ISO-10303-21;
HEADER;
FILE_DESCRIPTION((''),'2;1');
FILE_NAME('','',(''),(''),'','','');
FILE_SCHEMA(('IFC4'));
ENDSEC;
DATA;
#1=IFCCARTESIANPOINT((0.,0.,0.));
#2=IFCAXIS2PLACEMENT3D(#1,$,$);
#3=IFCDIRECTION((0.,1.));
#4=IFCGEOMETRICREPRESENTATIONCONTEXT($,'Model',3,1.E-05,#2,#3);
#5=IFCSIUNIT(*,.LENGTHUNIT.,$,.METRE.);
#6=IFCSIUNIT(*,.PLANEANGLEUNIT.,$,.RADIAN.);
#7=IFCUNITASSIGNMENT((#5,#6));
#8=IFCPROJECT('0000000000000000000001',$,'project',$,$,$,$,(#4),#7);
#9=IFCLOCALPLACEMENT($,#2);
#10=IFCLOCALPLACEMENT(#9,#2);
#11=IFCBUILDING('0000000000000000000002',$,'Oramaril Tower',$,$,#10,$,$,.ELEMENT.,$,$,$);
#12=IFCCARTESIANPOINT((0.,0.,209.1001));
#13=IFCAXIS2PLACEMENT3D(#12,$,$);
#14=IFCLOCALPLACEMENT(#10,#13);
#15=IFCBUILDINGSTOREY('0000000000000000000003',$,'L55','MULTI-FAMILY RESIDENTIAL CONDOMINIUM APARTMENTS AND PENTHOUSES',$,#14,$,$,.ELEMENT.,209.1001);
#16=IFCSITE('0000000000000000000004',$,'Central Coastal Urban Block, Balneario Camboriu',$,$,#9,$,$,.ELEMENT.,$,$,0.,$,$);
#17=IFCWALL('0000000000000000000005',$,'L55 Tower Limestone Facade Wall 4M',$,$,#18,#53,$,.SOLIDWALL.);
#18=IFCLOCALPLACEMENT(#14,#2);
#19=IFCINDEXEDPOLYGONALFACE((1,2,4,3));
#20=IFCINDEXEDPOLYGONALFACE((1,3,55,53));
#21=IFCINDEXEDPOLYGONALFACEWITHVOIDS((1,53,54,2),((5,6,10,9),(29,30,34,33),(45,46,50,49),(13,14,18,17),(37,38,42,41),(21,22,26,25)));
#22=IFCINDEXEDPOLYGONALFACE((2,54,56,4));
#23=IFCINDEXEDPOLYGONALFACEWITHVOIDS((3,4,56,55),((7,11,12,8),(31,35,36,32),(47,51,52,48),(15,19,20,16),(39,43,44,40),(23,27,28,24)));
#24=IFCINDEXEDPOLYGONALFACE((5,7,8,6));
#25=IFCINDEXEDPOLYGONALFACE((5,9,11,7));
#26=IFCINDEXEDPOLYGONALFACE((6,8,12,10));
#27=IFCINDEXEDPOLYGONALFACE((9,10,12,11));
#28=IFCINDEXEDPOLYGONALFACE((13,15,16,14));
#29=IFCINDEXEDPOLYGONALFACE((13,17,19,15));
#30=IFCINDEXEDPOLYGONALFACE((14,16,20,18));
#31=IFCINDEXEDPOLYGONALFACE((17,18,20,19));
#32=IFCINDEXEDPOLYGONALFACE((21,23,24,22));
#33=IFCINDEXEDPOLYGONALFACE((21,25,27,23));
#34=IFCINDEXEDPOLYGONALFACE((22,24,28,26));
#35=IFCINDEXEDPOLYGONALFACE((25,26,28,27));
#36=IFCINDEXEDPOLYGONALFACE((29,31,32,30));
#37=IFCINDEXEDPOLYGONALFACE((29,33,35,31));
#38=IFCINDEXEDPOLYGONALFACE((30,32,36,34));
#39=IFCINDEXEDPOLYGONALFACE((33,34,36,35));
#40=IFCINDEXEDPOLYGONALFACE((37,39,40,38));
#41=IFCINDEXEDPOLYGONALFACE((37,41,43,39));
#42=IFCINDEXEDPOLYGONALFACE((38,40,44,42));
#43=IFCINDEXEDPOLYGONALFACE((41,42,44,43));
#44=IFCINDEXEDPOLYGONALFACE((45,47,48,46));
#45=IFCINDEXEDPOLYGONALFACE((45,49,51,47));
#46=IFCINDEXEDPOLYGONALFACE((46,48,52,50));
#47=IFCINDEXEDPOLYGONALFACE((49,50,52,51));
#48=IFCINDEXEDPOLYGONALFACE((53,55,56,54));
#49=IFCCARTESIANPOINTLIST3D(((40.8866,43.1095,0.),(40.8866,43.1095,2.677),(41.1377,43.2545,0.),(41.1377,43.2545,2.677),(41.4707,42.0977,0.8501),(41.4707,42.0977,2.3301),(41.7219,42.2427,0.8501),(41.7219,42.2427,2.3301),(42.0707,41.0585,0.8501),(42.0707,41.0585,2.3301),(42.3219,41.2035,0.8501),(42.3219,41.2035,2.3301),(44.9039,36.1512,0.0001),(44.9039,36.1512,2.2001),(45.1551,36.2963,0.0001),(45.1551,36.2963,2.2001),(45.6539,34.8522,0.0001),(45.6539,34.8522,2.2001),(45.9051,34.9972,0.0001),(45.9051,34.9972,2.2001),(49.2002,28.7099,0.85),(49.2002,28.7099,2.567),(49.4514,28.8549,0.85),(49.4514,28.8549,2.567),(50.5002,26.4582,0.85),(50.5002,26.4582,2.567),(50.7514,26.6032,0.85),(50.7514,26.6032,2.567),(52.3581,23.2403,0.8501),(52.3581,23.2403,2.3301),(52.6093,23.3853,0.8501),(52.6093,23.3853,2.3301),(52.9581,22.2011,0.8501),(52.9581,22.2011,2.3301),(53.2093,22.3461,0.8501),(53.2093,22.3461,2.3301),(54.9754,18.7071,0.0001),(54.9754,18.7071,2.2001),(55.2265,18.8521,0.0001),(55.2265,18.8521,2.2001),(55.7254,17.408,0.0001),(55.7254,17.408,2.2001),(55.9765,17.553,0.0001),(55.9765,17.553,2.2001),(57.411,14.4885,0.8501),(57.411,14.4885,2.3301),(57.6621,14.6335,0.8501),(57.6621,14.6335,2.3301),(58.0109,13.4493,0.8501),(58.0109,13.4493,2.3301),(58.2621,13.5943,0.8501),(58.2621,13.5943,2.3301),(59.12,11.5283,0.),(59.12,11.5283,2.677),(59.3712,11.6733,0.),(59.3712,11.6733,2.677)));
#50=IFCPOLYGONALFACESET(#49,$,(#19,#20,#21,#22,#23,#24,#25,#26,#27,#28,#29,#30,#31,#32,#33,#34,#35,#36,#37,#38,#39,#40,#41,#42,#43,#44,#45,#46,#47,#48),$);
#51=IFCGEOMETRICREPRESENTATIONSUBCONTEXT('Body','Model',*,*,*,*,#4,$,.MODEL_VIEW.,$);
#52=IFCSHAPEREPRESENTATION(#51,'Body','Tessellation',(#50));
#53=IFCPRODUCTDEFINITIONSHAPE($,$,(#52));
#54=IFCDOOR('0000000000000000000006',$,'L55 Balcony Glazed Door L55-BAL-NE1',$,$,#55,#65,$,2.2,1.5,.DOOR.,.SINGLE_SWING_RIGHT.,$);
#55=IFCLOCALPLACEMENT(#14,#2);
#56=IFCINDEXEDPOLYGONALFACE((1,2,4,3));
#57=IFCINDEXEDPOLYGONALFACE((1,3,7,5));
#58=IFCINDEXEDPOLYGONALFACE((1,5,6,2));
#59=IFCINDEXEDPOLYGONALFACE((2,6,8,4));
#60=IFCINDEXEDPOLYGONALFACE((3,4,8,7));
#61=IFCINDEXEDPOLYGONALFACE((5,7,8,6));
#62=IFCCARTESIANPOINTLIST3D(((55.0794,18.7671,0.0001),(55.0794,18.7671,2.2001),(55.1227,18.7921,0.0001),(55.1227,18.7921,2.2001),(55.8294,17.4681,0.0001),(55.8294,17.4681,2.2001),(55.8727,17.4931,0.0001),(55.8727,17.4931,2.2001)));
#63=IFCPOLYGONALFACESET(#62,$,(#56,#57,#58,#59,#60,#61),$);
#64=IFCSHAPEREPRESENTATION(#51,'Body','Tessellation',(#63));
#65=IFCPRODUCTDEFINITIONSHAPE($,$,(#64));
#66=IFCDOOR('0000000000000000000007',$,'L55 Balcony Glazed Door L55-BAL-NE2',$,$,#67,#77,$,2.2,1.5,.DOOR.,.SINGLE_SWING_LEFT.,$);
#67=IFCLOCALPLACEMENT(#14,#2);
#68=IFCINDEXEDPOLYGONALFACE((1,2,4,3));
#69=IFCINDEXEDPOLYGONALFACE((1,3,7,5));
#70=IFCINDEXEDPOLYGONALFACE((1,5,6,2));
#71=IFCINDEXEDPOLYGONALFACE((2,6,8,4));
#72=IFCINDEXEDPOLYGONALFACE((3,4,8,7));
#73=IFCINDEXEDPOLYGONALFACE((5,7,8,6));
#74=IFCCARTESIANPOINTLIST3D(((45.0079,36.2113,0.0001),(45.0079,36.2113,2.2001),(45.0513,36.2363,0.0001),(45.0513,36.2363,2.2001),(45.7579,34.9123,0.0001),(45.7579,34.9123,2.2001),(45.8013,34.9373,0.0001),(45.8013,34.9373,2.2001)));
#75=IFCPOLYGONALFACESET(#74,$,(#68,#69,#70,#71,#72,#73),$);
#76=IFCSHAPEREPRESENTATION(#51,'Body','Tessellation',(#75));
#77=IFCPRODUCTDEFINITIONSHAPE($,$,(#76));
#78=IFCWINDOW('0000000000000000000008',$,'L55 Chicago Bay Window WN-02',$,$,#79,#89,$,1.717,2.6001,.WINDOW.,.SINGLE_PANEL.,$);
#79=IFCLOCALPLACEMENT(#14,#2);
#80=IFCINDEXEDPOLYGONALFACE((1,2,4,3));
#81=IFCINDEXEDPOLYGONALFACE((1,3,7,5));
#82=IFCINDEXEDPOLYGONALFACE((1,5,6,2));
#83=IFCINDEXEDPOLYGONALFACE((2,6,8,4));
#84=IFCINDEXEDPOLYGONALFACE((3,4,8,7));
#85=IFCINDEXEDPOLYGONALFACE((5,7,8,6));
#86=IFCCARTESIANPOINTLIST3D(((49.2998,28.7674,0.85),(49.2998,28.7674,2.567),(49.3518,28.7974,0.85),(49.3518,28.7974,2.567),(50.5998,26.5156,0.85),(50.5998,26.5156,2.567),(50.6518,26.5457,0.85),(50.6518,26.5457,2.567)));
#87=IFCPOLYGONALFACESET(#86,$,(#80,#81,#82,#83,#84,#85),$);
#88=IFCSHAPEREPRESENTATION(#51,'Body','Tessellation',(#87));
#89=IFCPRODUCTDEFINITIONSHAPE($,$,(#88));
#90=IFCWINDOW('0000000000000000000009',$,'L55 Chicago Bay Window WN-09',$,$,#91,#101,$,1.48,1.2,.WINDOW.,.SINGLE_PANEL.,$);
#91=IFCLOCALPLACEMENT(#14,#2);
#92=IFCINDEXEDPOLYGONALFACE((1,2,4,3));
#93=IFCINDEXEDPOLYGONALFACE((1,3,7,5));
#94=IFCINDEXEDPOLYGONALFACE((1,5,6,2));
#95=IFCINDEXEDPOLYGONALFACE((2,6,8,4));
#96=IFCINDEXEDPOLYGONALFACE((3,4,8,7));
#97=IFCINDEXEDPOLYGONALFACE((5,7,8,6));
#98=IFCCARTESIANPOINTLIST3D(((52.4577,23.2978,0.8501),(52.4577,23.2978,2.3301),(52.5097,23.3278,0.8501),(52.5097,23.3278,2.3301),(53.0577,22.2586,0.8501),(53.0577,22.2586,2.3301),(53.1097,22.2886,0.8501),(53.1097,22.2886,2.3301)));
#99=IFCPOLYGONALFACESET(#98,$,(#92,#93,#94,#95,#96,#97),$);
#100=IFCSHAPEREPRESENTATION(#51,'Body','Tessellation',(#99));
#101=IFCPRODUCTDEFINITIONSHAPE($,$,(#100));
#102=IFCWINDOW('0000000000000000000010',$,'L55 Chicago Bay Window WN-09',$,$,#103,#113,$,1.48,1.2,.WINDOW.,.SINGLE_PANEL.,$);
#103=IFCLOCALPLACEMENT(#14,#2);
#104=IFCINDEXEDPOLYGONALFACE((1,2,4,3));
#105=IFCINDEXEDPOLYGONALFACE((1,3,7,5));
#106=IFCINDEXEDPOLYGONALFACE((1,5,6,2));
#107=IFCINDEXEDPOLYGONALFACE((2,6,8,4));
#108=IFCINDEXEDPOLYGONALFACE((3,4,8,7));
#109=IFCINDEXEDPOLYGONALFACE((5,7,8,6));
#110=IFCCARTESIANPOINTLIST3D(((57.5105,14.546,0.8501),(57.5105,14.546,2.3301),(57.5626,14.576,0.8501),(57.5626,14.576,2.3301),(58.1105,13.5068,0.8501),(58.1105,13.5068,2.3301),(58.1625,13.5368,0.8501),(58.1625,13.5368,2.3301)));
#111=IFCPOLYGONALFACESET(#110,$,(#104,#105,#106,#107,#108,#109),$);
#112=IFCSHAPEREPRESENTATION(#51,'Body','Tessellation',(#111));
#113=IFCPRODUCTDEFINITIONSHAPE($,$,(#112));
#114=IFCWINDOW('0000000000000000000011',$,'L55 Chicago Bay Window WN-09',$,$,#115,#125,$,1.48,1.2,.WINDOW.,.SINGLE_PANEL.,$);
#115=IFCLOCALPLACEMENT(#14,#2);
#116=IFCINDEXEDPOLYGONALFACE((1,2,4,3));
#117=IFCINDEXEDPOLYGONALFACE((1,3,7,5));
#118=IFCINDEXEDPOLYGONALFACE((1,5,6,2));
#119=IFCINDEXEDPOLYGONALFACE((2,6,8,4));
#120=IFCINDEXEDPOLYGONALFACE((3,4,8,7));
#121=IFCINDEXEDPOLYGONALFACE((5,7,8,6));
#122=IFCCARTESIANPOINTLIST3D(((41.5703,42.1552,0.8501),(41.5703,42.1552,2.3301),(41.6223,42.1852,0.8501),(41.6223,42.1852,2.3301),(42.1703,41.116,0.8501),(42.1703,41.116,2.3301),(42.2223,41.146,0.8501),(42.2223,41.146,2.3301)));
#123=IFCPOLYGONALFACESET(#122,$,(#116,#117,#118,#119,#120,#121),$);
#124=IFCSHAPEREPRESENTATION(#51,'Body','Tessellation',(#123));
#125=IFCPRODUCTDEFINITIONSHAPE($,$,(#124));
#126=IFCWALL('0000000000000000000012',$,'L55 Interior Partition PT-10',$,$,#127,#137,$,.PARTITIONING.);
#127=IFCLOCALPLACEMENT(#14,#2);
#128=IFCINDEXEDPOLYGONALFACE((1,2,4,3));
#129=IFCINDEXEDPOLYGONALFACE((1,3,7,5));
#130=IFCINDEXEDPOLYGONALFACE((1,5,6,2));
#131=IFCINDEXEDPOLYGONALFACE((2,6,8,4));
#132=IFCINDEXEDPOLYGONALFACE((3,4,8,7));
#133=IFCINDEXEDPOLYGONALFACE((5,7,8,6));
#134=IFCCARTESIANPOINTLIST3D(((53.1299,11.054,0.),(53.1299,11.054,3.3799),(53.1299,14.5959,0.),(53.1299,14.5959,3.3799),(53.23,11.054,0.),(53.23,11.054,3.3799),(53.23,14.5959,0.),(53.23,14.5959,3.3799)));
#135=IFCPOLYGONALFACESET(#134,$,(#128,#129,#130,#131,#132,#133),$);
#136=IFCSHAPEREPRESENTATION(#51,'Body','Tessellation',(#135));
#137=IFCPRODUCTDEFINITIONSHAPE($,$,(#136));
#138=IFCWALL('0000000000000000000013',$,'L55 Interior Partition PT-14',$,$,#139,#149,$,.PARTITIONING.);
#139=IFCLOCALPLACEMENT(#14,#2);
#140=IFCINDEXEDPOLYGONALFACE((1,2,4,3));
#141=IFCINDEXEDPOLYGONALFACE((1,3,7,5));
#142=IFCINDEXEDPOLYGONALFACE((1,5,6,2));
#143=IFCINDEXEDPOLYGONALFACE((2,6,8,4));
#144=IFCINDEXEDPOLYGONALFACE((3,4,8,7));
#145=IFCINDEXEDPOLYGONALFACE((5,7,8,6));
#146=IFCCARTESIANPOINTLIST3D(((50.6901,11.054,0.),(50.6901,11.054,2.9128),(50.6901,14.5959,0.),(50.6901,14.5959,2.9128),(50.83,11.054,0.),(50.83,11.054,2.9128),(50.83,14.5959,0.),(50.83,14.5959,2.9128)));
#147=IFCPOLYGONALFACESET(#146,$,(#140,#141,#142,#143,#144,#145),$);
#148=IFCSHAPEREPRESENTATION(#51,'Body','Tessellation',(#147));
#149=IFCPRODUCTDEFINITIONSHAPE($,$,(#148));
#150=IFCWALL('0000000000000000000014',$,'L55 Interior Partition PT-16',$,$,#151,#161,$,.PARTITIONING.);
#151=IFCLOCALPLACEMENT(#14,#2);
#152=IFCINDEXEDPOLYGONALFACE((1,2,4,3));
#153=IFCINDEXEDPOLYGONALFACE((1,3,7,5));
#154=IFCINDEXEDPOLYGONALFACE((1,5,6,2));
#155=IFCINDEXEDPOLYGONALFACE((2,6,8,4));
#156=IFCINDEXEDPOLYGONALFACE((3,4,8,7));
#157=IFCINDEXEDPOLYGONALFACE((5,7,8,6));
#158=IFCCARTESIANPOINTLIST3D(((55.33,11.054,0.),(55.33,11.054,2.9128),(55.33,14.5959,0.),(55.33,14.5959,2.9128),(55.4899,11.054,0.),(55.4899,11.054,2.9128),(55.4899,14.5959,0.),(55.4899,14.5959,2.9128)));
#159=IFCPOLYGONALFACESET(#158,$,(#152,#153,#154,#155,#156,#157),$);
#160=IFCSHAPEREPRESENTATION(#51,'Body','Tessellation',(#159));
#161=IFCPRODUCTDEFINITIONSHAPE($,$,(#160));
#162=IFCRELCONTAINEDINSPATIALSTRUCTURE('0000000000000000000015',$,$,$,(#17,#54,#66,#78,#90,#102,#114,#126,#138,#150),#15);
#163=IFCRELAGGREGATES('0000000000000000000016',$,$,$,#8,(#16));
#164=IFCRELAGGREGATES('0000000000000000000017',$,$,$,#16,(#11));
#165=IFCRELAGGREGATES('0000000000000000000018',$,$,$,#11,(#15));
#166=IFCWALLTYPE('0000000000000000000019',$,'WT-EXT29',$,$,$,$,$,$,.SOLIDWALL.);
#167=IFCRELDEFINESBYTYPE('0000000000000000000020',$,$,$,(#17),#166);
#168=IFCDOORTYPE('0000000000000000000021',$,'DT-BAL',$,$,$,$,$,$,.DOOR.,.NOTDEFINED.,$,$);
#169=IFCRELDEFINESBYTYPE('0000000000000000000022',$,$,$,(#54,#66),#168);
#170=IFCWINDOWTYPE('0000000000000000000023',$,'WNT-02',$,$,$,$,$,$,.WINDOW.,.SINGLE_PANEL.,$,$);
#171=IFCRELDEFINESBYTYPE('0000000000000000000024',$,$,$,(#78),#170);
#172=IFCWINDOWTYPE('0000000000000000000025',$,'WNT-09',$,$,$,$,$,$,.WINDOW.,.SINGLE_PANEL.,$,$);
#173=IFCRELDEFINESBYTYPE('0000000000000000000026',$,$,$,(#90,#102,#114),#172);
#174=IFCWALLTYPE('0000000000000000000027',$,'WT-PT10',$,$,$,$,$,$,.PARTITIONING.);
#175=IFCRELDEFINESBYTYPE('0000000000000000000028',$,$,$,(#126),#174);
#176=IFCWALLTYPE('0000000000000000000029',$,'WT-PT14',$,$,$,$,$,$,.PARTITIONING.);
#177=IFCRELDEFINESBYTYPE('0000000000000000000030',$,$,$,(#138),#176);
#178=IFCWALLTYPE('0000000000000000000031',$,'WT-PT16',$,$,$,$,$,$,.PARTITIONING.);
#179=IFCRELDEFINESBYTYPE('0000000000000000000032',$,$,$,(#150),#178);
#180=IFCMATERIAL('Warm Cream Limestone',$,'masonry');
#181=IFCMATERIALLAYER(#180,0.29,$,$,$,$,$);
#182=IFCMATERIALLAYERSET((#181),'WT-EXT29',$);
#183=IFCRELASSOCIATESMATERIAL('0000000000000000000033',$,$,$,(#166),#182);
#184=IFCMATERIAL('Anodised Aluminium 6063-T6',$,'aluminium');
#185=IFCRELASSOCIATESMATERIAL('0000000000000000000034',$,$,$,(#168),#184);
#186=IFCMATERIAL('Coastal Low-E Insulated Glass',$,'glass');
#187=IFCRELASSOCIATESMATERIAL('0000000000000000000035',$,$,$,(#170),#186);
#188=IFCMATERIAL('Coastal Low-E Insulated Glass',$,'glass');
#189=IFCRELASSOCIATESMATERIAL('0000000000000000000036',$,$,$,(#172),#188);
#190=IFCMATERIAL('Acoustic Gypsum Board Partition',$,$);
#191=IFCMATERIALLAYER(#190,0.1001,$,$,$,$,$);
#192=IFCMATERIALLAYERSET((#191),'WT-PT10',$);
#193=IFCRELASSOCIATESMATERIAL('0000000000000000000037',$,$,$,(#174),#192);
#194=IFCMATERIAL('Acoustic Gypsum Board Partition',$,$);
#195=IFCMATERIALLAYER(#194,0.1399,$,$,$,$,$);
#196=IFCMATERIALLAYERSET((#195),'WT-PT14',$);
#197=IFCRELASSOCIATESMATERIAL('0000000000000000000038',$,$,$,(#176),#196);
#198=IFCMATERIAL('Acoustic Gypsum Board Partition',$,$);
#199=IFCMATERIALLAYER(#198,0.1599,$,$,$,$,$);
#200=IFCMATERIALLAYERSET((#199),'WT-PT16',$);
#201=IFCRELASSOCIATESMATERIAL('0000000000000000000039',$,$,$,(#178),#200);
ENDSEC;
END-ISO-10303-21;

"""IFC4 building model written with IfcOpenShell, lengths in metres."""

from ifc_helpers import new_model, si_unit, direction, frame, frame_2d, origin, place, context, subcontext, project, spatial, rectangle, extrude, material, layer, layer_set, type_object, element, fill, save


model = new_model("IFC4")

# Units and contexts
model_context = context("Model", 3, precision=1e-05, world=origin(), true_north=direction((0.0, 1.0)))
body_context = subcontext(model_context, "Body", "Model", "MODEL_VIEW")
ifc_project = project(units=[si_unit("LENGTHUNIT", "METRE"), si_unit("PLANEANGLEUNIT", "RADIAN")], contexts=[model_context])

# Site, building, storey
site_placement = place(None, origin())
site = spatial("IfcSite", under=ifc_project, at=site_placement, Name="Central Coastal Urban Block, Balneario Camboriu", CompositionType="ELEMENT", RefElevation=0.0)
building_placement = place(site_placement, origin())
building = spatial("IfcBuilding", under=site, at=building_placement, Name="Oramaril Tower", CompositionType="ELEMENT")
storey_placement = place(building_placement, frame((0.0, 0.0, 209.1001)))
storey = spatial("IfcBuildingStorey", under=building, at=storey_placement, Name="L55", Description="MULTI-FAMILY RESIDENTIAL CONDOMINIUM APARTMENTS AND PENTHOUSES", CompositionType="ELEMENT", Elevation=209.1001)

# Wall, openings, doors, windows
ifc_material_1 = material(Name="Warm Cream Limestone", Category="masonry")
ifc_layer_1 = layer(ifc_material_1, 0.29)
ifc_layer_set_1 = layer_set([ifc_layer_1], Name="WT-EXT29")
wall_type_1 = type_object("IfcWallType", Name="WT-EXT29", PredefinedType="SOLIDWALL", material=ifc_layer_set_1)
wall_1_placement = place(storey_placement, frame((59.2456, 11.6008, 0.0), z_axis=(0.0, 0.0, 1.0), x_axis=(-0.500001, 0.866025, 0.0)))
wall_1 = element("IfcWall", 1, at=wall_1_placement, inside=storey, type_object=wall_type_1, Name="L55 Tower Limestone Facade Wall 4M", PredefinedType="SOLIDWALL", context=body_context, shape_type="SweptSolid", body=[
    extrude(rectangle(XDim=36.4668, YDim=0.29, at=frame_2d((18.2334, 0.0))), origin(), (0.0, 0.0, 1.0), 2.677),
])
opening_1_placement = place(wall_1_placement, frame((6.7893, 0.0, 0.0)))
opening_1 = element("IfcOpeningElement", 2, at=opening_1_placement, cuts=wall_1, PredefinedType="OPENING", context=body_context, shape_type="SweptSolid", body=[
    extrude(rectangle(XDim=1.5, YDim=2.2, at=frame_2d((0.75, 1.1001))), frame((0.0, 0.145, 0.0), z_axis=(0.0, -1.0, 0.0), x_axis=(1.0, 0.0, 0.0)), (0.0, 0.0, 1.0), 0.29),
])
opening_2_placement = place(wall_1_placement, frame((26.9321, 0.0, 0.0)))
opening_2 = element("IfcOpeningElement", 3, at=opening_2_placement, cuts=wall_1, PredefinedType="OPENING", context=body_context, shape_type="SweptSolid", body=[
    extrude(rectangle(XDim=1.5, YDim=2.2, at=frame_2d((0.75, 1.1001))), frame((0.0, 0.145, 0.0), z_axis=(0.0, -1.0, 0.0), x_axis=(1.0, 0.0, 0.0)), (0.0, 0.0, 1.0), 0.29),
])
opening_3_placement = place(wall_1_placement, frame((12.3237, 0.0, 0.8501)))
opening_3 = element("IfcOpeningElement", 4, at=opening_3_placement, cuts=wall_1, PredefinedType="OPENING", context=body_context, shape_type="SweptSolid", body=[
    extrude(rectangle(XDim=1.2, YDim=1.48, at=frame_2d((0.6001, 0.74))), frame((0.0, 0.145, 0.0), z_axis=(0.0, -1.0, 0.0), x_axis=(1.0, 0.0, 0.0)), (0.0, 0.0, 1.0), 0.29),
])
opening_4_placement = place(wall_1_placement, frame((2.218, 0.0, 0.8501)))
opening_4 = element("IfcOpeningElement", 5, at=opening_4_placement, cuts=wall_1, PredefinedType="OPENING", context=body_context, shape_type="SweptSolid", body=[
    extrude(rectangle(XDim=1.2, YDim=1.48, at=frame_2d((0.6001, 0.74))), frame((0.0, 0.145, 0.0), z_axis=(0.0, -1.0, 0.0), x_axis=(1.0, 0.0, 0.0)), (0.0, 0.0, 1.0), 0.29),
])
opening_5_placement = place(wall_1_placement, frame((17.2395, 0.0, 0.8501)))
opening_5 = element("IfcOpeningElement", 6, at=opening_5_placement, cuts=wall_1, PredefinedType="OPENING", context=body_context, shape_type="SweptSolid", body=[
    extrude(rectangle(XDim=2.6001, YDim=1.717, at=frame_2d((1.3, 0.8584))), frame((0.0, 0.145, 0.0), z_axis=(0.0, -1.0, 0.0), x_axis=(1.0, 0.0, 0.0)), (0.0, 0.0, 1.0), 0.29),
])
opening_6_placement = place(wall_1_placement, frame((34.0984, 0.0, 0.8501)))
opening_6 = element("IfcOpeningElement", 7, at=opening_6_placement, cuts=wall_1, PredefinedType="OPENING", context=body_context, shape_type="SweptSolid", body=[
    extrude(rectangle(XDim=1.2, YDim=1.48, at=frame_2d((0.6001, 0.74))), frame((0.0, 0.145, 0.0), z_axis=(0.0, -1.0, 0.0), x_axis=(1.0, 0.0, 0.0)), (0.0, 0.0, 1.0), 0.29),
])
ifc_material_2 = material(Name="Anodised Aluminium 6063-T6", Category="aluminium")
door_type_1 = type_object("IfcDoorType", Name="DT-BAL", OperationType="NOTDEFINED", PredefinedType="DOOR", material=ifc_material_2)
door_1_placement = place(opening_1_placement, origin())
door_1 = element("IfcDoor", 8, at=door_1_placement, inside=storey, type_object=door_type_1, Name="L55 Balcony Glazed Door L55-BAL-NE1", OperationType="SINGLE_SWING_RIGHT", OverallHeight=2.2, OverallWidth=1.5, PredefinedType="DOOR", context=body_context, shape_type="SweptSolid", body=[
    extrude(rectangle(XDim=1.5, YDim=2.2, at=frame_2d((0.75, 1.1001))), frame((0.0, 0.0249, 0.0), z_axis=(0.0, -1.0, 0.0), x_axis=(1.0, 0.0, 0.0)), (0.0, 0.0, 1.0), 0.05),
])
fill(opening_1, door_1)
door_2_placement = place(opening_2_placement, origin())
door_2 = element("IfcDoor", 9, at=door_2_placement, inside=storey, type_object=door_type_1, Name="L55 Balcony Glazed Door L55-BAL-NE2", OperationType="SINGLE_SWING_LEFT", OverallHeight=2.2, OverallWidth=1.5, PredefinedType="DOOR", context=body_context, shape_type="SweptSolid", body=[
    extrude(rectangle(XDim=1.5, YDim=2.2, at=frame_2d((0.75, 1.1001))), frame((0.0, 0.0249, 0.0), z_axis=(0.0, -1.0, 0.0), x_axis=(1.0, 0.0, 0.0)), (0.0, 0.0, 1.0), 0.05),
])
fill(opening_2, door_2)
ifc_material_3 = material(Name="Coastal Low-E Insulated Glass", Category="glass")
window_type_1 = type_object("IfcWindowType", Name="WNT-02", PartitioningType="SINGLE_PANEL", PredefinedType="WINDOW", material=ifc_material_3)
window_1_placement = place(opening_5_placement, origin())
window_1 = element("IfcWindow", 10, at=window_1_placement, inside=storey, type_object=window_type_1, Name="L55 Chicago Bay Window WN-02", OverallHeight=1.717, OverallWidth=2.6001, PartitioningType="SINGLE_PANEL", PredefinedType="WINDOW", context=body_context, shape_type="SweptSolid", body=[
    extrude(rectangle(XDim=2.6001, YDim=1.717, at=frame_2d((1.3, 0.8584))), frame((0.0, 0.03, 0.0), z_axis=(0.0, -1.0, 0.0), x_axis=(1.0, 0.0, 0.0)), (0.0, 0.0, 1.0), 0.0601),
])
fill(opening_5, window_1)
ifc_material_4 = material(Name="Coastal Low-E Insulated Glass", Category="glass")
window_type_2 = type_object("IfcWindowType", Name="WNT-09", PartitioningType="SINGLE_PANEL", PredefinedType="WINDOW", material=ifc_material_4)
window_2_placement = place(opening_3_placement, origin())
window_2 = element("IfcWindow", 11, at=window_2_placement, inside=storey, type_object=window_type_2, Name="L55 Chicago Bay Window WN-09", OverallHeight=1.48, OverallWidth=1.2, PartitioningType="SINGLE_PANEL", PredefinedType="WINDOW", context=body_context, shape_type="SweptSolid", body=[
    extrude(rectangle(XDim=1.2, YDim=1.48, at=frame_2d((0.6001, 0.74))), frame((0.0, 0.03, 0.0), z_axis=(0.0, -1.0, 0.0), x_axis=(1.0, 0.0, 0.0)), (0.0, 0.0, 1.0), 0.0601),
])
fill(opening_3, window_2)
window_3_placement = place(opening_4_placement, origin())
window_3 = element("IfcWindow", 12, at=window_3_placement, inside=storey, type_object=window_type_2, Name="L55 Chicago Bay Window WN-09", OverallHeight=1.48, OverallWidth=1.2, PartitioningType="SINGLE_PANEL", PredefinedType="WINDOW", context=body_context, shape_type="SweptSolid", body=[
    extrude(rectangle(XDim=1.2, YDim=1.48, at=frame_2d((0.6001, 0.74))), frame((0.0, 0.03, 0.0), z_axis=(0.0, -1.0, 0.0), x_axis=(1.0, 0.0, 0.0)), (0.0, 0.0, 1.0), 0.0601),
])
fill(opening_4, window_3)
window_4_placement = place(opening_6_placement, origin())
window_4 = element("IfcWindow", 13, at=window_4_placement, inside=storey, type_object=window_type_2, Name="L55 Chicago Bay Window WN-09", OverallHeight=1.48, OverallWidth=1.2, PartitioningType="SINGLE_PANEL", PredefinedType="WINDOW", context=body_context, shape_type="SweptSolid", body=[
    extrude(rectangle(XDim=1.2, YDim=1.48, at=frame_2d((0.6001, 0.74))), frame((0.0, 0.03, 0.0), z_axis=(0.0, -1.0, 0.0), x_axis=(1.0, 0.0, 0.0)), (0.0, 0.0, 1.0), 0.0601),
])
fill(opening_6, window_4)

# Wall
ifc_material_5 = material(Name="Acoustic Gypsum Board Partition")
ifc_layer_2 = layer(ifc_material_5, 0.1001)
ifc_layer_set_2 = layer_set([ifc_layer_2], Name="WT-PT10")
wall_type_2 = type_object("IfcWallType", Name="WT-PT10", PredefinedType="PARTITIONING", material=ifc_layer_set_2)
wall_2_placement = place(storey_placement, frame((53.1799, 11.054, 0.0), z_axis=(0.0, 0.0, 1.0), x_axis=(0.0, 1.0, 0.0)))
element("IfcWall", 14, at=wall_2_placement, inside=storey, type_object=wall_type_2, Name="L55 Interior Partition PT-10", PredefinedType="PARTITIONING", context=body_context, shape_type="SweptSolid", body=[
    extrude(rectangle(XDim=3.542, YDim=0.1001, at=frame_2d((1.771, 0.0))), origin(), (0.0, 0.0, 1.0), 3.3799),
])

# Shared definitions
ifc_material_6 = material(Name="Acoustic Gypsum Board Partition")
ifc_layer_3 = layer(ifc_material_6, 0.1399)
ifc_layer_set_3 = layer_set([ifc_layer_3], Name="WT-PT14")
wall_type_3 = type_object("IfcWallType", Name="WT-PT14", PredefinedType="PARTITIONING", material=ifc_layer_set_3)

# Walls
wall_3_placement = place(storey_placement, frame((50.76, 11.054, 0.0), z_axis=(0.0, 0.0, 1.0), x_axis=(0.0, 1.0, 0.0)))
element("IfcWall", 15, at=wall_3_placement, inside=storey, type_object=wall_type_3, Name="L55 Interior Partition PT-14", PredefinedType="PARTITIONING", context=body_context, shape_type="SweptSolid", body=[
    extrude(rectangle(XDim=3.542, YDim=0.1399, at=frame_2d((1.771, 0.0))), origin(), (0.0, 0.0, 1.0), 2.9128),
])
ifc_material_7 = material(Name="Acoustic Gypsum Board Partition")
ifc_layer_4 = layer(ifc_material_7, 0.1599)
ifc_layer_set_4 = layer_set([ifc_layer_4], Name="WT-PT16")
wall_type_4 = type_object("IfcWallType", Name="WT-PT16", PredefinedType="PARTITIONING", material=ifc_layer_set_4)
wall_4_placement = place(storey_placement, frame((55.4099, 11.054, 0.0), z_axis=(0.0, 0.0, 1.0), x_axis=(0.0, 1.0, 0.0)))
element("IfcWall", 16, at=wall_4_placement, inside=storey, type_object=wall_type_4, Name="L55 Interior Partition PT-16", PredefinedType="PARTITIONING", context=body_context, shape_type="SweptSolid", body=[
    extrude(rectangle(XDim=3.542, YDim=0.1599, at=frame_2d((1.771, 0.0))), origin(), (0.0, 0.0, 1.0), 2.9128),
])

save(model, "model.ifc")
